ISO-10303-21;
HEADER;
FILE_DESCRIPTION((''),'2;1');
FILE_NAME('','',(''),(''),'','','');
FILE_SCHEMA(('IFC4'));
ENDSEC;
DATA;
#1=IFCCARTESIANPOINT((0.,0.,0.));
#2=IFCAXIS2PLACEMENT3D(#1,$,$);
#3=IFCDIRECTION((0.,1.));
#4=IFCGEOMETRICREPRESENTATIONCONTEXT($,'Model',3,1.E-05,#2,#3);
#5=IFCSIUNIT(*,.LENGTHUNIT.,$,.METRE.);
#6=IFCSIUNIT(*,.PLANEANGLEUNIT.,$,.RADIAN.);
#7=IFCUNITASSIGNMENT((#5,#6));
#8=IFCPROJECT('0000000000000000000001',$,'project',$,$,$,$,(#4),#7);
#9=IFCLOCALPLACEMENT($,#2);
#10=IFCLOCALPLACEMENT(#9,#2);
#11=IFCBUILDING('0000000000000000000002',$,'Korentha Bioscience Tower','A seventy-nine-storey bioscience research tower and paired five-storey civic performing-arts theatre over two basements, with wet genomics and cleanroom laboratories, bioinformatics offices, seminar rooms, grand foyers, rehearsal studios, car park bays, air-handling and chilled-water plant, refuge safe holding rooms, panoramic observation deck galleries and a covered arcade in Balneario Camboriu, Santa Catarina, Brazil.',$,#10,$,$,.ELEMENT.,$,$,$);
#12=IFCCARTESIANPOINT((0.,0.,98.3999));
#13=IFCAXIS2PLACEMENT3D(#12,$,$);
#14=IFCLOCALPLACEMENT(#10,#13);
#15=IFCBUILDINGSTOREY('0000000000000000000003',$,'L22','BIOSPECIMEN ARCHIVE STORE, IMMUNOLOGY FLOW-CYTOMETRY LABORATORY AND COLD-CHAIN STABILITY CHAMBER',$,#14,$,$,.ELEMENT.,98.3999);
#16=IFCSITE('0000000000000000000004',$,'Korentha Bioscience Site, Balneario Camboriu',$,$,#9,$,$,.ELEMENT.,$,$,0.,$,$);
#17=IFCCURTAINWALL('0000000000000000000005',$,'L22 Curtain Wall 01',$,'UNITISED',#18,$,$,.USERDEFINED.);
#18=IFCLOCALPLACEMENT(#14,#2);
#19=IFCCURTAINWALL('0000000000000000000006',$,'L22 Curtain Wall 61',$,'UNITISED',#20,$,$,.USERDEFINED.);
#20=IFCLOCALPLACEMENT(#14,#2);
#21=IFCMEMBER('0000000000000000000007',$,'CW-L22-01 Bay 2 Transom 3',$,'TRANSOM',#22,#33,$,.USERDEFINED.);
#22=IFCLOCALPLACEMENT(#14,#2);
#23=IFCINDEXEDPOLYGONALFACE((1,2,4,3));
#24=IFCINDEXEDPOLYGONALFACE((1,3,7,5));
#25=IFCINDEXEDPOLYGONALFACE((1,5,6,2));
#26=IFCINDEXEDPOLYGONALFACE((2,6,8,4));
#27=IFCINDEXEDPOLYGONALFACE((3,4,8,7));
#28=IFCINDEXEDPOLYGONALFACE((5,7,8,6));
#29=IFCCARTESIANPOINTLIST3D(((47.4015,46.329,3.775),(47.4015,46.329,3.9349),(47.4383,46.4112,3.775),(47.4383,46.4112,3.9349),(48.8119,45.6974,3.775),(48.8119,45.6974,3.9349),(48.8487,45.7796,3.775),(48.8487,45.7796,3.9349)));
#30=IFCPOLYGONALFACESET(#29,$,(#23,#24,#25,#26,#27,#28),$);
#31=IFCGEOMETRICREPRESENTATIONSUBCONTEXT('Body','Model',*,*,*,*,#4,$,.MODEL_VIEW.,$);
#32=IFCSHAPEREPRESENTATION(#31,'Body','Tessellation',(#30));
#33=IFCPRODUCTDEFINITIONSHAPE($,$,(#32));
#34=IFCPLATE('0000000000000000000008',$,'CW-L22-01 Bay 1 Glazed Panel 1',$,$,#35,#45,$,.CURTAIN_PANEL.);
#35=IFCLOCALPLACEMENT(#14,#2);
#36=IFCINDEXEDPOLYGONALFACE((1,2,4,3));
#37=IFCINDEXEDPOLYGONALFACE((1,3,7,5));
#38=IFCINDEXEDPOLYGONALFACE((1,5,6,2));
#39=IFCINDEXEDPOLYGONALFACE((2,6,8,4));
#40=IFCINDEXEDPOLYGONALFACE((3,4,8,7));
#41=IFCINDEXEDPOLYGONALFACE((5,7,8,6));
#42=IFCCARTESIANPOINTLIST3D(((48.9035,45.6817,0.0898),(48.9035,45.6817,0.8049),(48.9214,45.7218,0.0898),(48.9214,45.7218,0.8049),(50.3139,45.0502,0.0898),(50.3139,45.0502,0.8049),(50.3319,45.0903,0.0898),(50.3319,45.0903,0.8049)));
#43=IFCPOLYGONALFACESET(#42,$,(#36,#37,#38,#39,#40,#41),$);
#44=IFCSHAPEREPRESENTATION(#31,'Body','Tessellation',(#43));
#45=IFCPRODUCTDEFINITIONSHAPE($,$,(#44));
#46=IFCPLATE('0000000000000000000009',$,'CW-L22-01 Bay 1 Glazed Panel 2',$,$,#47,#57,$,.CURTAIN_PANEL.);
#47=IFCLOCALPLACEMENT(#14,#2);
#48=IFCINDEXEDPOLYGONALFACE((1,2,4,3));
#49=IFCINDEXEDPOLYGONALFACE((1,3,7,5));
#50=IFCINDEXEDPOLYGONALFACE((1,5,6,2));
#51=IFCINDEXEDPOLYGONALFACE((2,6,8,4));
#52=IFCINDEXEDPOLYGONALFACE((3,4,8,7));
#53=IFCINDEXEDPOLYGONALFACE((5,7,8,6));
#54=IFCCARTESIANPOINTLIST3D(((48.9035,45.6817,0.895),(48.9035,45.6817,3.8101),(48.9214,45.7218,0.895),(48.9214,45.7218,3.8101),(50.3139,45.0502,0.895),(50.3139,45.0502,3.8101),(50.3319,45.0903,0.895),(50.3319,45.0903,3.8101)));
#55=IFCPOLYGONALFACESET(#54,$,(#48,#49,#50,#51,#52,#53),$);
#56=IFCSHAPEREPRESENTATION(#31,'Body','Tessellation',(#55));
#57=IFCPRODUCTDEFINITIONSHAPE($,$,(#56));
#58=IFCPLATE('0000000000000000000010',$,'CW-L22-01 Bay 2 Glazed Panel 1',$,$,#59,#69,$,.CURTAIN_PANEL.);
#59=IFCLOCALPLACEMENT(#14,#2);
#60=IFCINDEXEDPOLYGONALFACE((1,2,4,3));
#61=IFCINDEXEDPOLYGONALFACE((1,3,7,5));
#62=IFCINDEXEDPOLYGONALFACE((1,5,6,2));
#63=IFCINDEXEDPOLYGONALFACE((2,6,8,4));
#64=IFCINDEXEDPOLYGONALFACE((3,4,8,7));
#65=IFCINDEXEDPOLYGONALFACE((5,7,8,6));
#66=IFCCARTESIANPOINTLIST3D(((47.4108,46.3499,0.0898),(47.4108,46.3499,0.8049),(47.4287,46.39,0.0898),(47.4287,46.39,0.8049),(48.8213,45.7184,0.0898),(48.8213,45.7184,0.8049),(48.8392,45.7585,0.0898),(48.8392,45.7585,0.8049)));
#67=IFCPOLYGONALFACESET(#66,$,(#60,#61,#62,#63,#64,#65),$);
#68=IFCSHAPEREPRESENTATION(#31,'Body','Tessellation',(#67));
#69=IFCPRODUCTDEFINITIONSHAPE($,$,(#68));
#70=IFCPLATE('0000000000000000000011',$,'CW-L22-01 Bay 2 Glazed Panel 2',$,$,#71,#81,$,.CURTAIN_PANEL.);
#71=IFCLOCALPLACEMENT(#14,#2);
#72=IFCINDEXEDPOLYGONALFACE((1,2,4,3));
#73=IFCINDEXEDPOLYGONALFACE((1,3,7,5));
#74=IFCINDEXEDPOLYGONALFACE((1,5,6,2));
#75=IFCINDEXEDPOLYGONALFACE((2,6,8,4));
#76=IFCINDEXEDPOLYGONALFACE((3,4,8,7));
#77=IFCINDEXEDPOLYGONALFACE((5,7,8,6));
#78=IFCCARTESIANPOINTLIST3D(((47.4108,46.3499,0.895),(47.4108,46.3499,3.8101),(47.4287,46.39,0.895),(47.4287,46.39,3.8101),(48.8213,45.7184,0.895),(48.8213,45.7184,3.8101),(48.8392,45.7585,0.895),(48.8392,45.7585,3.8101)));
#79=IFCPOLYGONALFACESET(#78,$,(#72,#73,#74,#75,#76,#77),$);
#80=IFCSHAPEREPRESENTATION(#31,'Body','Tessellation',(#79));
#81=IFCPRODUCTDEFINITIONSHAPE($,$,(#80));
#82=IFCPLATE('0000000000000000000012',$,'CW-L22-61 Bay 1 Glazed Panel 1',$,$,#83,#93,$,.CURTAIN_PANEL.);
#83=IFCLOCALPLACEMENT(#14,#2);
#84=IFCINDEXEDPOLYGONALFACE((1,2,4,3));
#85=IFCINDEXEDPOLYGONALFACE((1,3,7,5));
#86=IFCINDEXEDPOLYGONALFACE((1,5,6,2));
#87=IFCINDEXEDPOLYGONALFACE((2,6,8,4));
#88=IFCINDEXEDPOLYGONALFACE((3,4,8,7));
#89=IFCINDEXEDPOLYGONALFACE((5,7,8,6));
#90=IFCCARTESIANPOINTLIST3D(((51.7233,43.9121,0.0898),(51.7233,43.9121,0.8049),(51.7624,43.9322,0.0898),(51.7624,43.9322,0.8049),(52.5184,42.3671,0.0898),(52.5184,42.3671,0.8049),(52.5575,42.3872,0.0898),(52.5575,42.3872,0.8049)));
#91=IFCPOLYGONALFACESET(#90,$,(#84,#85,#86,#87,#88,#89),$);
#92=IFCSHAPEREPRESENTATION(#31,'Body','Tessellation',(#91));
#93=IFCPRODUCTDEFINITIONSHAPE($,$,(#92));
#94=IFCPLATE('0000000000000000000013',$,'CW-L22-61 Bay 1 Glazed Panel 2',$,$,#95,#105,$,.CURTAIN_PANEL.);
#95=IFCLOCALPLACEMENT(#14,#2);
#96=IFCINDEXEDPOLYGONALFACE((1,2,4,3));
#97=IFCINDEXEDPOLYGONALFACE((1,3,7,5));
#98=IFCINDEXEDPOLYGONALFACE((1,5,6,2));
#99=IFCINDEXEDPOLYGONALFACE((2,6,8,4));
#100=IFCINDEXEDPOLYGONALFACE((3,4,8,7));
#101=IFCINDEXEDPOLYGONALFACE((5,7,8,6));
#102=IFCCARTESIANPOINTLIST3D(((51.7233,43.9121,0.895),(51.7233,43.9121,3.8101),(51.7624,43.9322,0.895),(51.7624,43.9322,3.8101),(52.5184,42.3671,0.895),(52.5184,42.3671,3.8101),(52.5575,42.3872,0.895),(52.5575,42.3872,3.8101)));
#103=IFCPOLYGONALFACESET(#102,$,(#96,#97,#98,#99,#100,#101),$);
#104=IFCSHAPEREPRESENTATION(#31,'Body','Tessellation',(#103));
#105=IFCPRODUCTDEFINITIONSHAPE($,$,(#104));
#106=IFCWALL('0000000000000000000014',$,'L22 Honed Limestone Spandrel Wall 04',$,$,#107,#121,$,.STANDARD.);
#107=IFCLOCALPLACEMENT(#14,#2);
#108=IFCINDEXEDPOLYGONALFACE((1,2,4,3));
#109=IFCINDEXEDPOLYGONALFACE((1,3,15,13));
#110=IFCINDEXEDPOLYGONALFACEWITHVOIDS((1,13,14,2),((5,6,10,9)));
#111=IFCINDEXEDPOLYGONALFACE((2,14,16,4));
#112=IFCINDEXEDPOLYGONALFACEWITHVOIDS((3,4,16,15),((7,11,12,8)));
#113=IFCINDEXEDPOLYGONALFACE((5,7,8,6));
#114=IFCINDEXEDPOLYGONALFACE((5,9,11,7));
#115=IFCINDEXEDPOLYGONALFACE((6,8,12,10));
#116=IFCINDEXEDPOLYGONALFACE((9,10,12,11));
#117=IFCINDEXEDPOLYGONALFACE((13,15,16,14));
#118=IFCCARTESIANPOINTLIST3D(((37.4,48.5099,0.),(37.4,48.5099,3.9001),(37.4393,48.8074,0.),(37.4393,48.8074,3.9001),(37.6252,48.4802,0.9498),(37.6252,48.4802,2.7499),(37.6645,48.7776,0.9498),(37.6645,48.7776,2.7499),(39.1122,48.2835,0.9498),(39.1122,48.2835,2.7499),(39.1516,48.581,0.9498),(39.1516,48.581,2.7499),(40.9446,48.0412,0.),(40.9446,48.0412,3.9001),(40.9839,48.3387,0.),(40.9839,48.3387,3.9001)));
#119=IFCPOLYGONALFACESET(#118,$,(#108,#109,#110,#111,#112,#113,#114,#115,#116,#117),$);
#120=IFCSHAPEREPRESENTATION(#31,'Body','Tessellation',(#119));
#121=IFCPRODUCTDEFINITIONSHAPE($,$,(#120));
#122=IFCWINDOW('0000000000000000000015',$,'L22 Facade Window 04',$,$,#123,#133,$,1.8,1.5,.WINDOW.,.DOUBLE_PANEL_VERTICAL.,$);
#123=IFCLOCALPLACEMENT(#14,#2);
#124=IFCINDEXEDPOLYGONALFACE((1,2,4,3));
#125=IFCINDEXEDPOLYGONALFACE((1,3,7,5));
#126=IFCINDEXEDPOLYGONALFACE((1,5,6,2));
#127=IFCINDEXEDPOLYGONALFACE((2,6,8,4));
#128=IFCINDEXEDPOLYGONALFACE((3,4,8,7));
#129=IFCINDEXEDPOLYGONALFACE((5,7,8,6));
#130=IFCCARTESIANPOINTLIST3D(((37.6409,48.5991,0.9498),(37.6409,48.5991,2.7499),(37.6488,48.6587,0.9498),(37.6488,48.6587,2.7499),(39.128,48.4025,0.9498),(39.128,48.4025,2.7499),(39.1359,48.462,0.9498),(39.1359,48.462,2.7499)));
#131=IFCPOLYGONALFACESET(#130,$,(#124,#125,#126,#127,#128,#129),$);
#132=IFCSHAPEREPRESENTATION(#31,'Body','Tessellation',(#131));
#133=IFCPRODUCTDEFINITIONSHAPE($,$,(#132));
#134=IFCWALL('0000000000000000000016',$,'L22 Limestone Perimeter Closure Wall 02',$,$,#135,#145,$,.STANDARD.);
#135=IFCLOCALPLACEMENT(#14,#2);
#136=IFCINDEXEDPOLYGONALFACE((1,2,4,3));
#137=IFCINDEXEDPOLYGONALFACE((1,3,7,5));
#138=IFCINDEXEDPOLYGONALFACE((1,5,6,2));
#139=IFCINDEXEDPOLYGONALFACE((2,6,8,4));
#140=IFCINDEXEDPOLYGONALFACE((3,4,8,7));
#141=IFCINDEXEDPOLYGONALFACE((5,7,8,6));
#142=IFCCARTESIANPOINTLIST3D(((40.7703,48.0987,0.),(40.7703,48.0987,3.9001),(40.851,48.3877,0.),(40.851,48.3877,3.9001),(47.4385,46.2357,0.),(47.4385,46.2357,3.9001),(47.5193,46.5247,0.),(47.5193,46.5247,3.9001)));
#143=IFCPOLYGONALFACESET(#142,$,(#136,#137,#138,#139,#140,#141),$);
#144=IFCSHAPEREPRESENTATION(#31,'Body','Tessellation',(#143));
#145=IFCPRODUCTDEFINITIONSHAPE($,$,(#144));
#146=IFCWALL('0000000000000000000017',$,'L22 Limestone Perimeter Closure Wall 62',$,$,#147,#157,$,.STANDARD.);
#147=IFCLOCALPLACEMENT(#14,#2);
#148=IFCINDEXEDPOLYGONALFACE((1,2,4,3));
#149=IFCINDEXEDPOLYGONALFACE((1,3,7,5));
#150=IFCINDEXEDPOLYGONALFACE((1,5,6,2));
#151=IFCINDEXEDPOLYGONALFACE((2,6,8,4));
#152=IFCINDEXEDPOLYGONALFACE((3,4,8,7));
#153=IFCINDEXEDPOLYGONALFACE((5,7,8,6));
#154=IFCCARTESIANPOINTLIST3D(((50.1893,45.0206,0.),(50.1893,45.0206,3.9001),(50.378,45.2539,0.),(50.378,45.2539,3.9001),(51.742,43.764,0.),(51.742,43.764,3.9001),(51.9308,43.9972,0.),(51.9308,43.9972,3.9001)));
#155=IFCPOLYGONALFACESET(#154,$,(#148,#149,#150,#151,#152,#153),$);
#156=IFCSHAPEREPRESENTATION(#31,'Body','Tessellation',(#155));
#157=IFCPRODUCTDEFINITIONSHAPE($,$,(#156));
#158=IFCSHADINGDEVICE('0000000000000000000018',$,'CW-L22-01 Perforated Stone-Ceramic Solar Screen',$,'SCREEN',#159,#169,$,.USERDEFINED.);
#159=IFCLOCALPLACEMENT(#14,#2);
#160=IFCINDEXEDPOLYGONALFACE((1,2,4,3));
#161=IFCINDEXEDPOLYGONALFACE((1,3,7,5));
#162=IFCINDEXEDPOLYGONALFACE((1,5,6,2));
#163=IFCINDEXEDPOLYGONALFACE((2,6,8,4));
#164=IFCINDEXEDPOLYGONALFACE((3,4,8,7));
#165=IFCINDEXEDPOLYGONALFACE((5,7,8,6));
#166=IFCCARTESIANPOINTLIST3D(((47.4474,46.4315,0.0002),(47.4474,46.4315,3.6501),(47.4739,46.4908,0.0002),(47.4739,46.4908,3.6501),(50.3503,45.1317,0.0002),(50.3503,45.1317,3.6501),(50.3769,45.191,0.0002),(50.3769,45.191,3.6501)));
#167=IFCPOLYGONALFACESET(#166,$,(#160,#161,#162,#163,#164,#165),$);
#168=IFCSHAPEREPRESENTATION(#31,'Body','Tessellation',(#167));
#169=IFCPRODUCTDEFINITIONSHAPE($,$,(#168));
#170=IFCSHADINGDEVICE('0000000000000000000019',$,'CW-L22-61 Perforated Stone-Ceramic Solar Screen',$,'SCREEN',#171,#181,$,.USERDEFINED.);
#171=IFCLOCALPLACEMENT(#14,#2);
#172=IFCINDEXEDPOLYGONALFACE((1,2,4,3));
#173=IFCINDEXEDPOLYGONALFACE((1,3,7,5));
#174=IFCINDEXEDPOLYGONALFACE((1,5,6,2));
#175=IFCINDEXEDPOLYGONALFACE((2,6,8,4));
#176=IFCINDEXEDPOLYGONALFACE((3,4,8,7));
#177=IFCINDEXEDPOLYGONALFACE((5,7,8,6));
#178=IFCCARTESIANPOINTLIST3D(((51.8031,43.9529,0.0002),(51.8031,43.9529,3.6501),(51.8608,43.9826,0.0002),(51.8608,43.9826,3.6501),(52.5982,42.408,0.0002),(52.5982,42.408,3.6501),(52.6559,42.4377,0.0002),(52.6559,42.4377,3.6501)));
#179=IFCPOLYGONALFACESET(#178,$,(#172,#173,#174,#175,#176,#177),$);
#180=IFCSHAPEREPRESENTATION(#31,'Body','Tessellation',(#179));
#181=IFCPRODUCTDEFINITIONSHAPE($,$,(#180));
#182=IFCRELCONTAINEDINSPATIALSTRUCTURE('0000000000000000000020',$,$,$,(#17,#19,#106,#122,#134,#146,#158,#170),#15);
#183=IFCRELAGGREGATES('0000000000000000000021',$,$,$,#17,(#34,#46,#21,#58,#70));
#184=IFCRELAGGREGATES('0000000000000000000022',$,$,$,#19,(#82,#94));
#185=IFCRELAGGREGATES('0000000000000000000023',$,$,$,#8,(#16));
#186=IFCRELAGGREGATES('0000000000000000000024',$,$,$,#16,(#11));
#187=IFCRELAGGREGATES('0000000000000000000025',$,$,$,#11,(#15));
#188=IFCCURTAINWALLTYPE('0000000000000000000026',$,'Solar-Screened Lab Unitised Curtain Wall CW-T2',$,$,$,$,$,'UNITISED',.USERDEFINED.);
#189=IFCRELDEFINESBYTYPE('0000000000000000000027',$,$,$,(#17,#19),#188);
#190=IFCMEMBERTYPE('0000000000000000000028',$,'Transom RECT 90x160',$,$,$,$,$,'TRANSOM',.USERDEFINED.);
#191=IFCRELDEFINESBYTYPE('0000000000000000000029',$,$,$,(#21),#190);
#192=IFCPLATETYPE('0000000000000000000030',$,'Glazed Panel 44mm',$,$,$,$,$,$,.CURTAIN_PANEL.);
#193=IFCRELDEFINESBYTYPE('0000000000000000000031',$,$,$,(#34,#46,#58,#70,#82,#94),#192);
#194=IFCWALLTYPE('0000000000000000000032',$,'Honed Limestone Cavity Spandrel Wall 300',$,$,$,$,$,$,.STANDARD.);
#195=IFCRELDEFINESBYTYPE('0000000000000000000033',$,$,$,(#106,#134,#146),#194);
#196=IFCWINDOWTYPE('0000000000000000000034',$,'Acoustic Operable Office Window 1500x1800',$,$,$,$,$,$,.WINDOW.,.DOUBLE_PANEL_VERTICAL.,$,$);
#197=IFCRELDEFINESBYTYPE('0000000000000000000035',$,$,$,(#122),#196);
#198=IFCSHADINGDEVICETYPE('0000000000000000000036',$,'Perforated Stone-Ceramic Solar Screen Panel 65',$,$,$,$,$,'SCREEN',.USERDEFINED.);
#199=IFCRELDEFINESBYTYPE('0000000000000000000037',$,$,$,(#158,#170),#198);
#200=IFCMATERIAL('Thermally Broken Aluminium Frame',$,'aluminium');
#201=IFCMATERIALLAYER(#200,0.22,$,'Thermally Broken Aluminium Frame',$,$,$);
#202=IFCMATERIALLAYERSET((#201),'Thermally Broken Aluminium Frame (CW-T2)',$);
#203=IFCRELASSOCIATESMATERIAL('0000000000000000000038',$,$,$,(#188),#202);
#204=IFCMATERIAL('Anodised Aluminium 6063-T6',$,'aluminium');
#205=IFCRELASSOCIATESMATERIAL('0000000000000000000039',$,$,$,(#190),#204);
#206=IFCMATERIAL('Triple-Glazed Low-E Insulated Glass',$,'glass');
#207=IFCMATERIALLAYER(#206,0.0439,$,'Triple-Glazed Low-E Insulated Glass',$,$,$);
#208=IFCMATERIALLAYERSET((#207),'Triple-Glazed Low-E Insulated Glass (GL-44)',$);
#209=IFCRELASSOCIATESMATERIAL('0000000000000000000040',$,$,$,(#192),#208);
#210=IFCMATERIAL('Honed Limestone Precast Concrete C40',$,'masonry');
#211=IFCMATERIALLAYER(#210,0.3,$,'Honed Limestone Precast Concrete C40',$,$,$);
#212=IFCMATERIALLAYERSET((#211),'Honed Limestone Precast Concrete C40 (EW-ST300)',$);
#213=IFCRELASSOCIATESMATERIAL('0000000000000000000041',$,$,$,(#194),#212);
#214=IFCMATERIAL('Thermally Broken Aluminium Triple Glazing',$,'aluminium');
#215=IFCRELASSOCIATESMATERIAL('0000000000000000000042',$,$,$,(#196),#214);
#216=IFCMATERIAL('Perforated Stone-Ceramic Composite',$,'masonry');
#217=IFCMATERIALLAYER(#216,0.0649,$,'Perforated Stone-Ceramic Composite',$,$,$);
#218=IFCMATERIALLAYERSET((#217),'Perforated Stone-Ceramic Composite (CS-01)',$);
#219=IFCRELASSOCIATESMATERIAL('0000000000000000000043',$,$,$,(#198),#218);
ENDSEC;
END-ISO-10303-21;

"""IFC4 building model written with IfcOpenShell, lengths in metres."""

from ifc_helpers import new_model, si_unit, direction, frame, frame_2d, origin, origin_2d, place, context, subcontext, project, spatial, rectangle, extrude, material, layer, layer_set, material_profile, profile_set, type_object, element, fill, aggregate, save


model = new_model("IFC4")

# Units and contexts
model_context = context("Model", 3, precision=1e-05, world=origin(), true_north=direction((0.0, 1.0)))
body_context = subcontext(model_context, "Body", "Model", "MODEL_VIEW")
ifc_project = project(units=[si_unit("LENGTHUNIT", "METRE"), si_unit("PLANEANGLEUNIT", "RADIAN")], contexts=[model_context])

# Site, building, storey
site_placement = place(None, origin())
site = spatial("IfcSite", under=ifc_project, at=site_placement, Name="Korentha Bioscience Site, Balneario Camboriu", CompositionType="ELEMENT", RefElevation=0.0)
building_placement = place(site_placement, origin())
building = spatial("IfcBuilding", under=site, at=building_placement, Name="Korentha Bioscience Tower", Description="A seventy-nine-storey bioscience research tower and paired five-storey civic performing-arts theatre over two basements, with wet genomics and cleanroom laboratories, bioinformatics offices, seminar rooms, grand foyers, rehearsal studios, car park bays, air-handling and chilled-water plant, refuge safe holding rooms, panoramic observation deck galleries and a covered arcade in Balneario Camboriu, Santa Catarina, Brazil.", CompositionType="ELEMENT")
storey_placement = place(building_placement, frame((0.0, 0.0, 98.3999)))
storey = spatial("IfcBuildingStorey", under=building, at=storey_placement, Name="L22", Description="BIOSPECIMEN ARCHIVE STORE, IMMUNOLOGY FLOW-CYTOMETRY LABORATORY AND COLD-CHAIN STABILITY CHAMBER", CompositionType="ELEMENT", Elevation=98.3999)

# Curtain wall
ifc_material_1 = material(Name="Thermally Broken Aluminium Frame", Category="aluminium")
ifc_layer_1 = layer(ifc_material_1, 0.22, Name="Thermally Broken Aluminium Frame")
ifc_layer_set_1 = layer_set([ifc_layer_1], Name="Thermally Broken Aluminium Frame (CW-T2)")
curtain_wall_type = type_object("IfcCurtainWallType", Name="Solar-Screened Lab Unitised Curtain Wall CW-T2", ElementType="UNITISED", PredefinedType="USERDEFINED", material=ifc_layer_set_1)
curtain_wall_1_placement = place(storey_placement, origin())
curtain_wall_1 = element("IfcCurtainWall", 1, at=curtain_wall_1_placement, inside=storey, type_object=curtain_wall_type, Name="L22 Curtain Wall 01", ObjectType="UNITISED", PredefinedType="USERDEFINED")
ifc_material_2 = material(Name="Anodised Aluminium 6063-T6", Category="aluminium")

# Curtain wall
curtain_wall_2_placement = place(storey_placement, origin())
curtain_wall_2 = element("IfcCurtainWall", 2, at=curtain_wall_2_placement, inside=storey, type_object=curtain_wall_type, Name="L22 Curtain Wall 61", ObjectType="UNITISED", PredefinedType="USERDEFINED")

# Member
ifc_material_profile_1 = material_profile(ifc_material_2, rectangle(XDim=0.0901, YDim=0.1599, at=origin_2d()), Name="Anodised Aluminium 6063-T6")
ifc_profile_set_1 = profile_set([ifc_material_profile_1], Name="Anodised Aluminium 6063-T6 (CW-TRN)")
member_type_1 = type_object("IfcMemberType", Name="Transom RECT 90x160", ElementType="TRANSOM", PredefinedType="USERDEFINED", material=ifc_profile_set_1)
member_1_placement = place(storey_placement, frame((48.8303, 45.7385, 3.855), z_axis=(-0.912668, 0.408702, 0.0), x_axis=(-0.408702, -0.912668, 0.0)))
member_1 = element("IfcMember", 3, at=member_1_placement, type_object=member_type_1, Name="CW-L22-01 Bay 2 Transom 3", ObjectType="TRANSOM", PredefinedType="USERDEFINED", context=body_context, shape_type="SweptSolid", body=[
    extrude(rectangle(XDim=0.0901, YDim=0.1599, at=origin_2d()), origin(), (0.0, 0.0, 1.0), 1.5454),
])

# Plates
ifc_material_3 = material(Name="Triple-Glazed Low-E Insulated Glass", Category="glass")
ifc_layer_2 = layer(ifc_material_3, 0.0439, Name="Triple-Glazed Low-E Insulated Glass")
ifc_layer_set_2 = layer_set([ifc_layer_2], Name="Triple-Glazed Low-E Insulated Glass (GL-44)")
plate_type = type_object("IfcPlateType", Name="Glazed Panel 44mm", PredefinedType="CURTAIN_PANEL", material=ifc_layer_set_2)
plate_1_placement = place(storey_placement, frame((49.6177, 45.386, 0.0898), z_axis=(0.0, 0.0, 1.0), x_axis=(-0.912687, 0.40866, 0.0)))
plate_1 = element("IfcPlate", 4, at=plate_1_placement, type_object=plate_type, Name="CW-L22-01 Bay 1 Glazed Panel 1", PredefinedType="CURTAIN_PANEL", context=body_context, shape_type="SweptSolid", body=[
    extrude(rectangle(XDim=1.5454, YDim=0.0439, at=origin_2d()), origin(), (0.0, 0.0, 1.0), 0.7151),
])
plate_2_placement = place(storey_placement, frame((49.6177, 45.386, 0.895), z_axis=(0.0, 0.0, 1.0), x_axis=(-0.912687, 0.40866, 0.0)))
plate_2 = element("IfcPlate", 5, at=plate_2_placement, type_object=plate_type, Name="CW-L22-01 Bay 1 Glazed Panel 2", PredefinedType="CURTAIN_PANEL", context=body_context, shape_type="SweptSolid", body=[
    extrude(rectangle(XDim=1.5454, YDim=0.0439, at=origin_2d()), origin(), (0.0, 0.0, 1.0), 2.915),
])
plate_3_placement = place(storey_placement, frame((48.125, 46.0542, 0.0898), z_axis=(0.0, 0.0, 1.0), x_axis=(-0.912687, 0.40866, 0.0)))
plate_3 = element("IfcPlate", 6, at=plate_3_placement, type_object=plate_type, Name="CW-L22-01 Bay 2 Glazed Panel 1", PredefinedType="CURTAIN_PANEL", context=body_context, shape_type="SweptSolid", body=[
    extrude(rectangle(XDim=1.5454, YDim=0.0439, at=origin_2d()), origin(), (0.0, 0.0, 1.0), 0.7151),
])
plate_4_placement = place(storey_placement, frame((48.125, 46.0542, 0.895), z_axis=(0.0, 0.0, 1.0), x_axis=(-0.912687, 0.40866, 0.0)))
plate_4 = element("IfcPlate", 7, at=plate_4_placement, type_object=plate_type, Name="CW-L22-01 Bay 2 Glazed Panel 2", PredefinedType="CURTAIN_PANEL", context=body_context, shape_type="SweptSolid", body=[
    extrude(rectangle(XDim=1.5454, YDim=0.0439, at=origin_2d()), origin(), (0.0, 0.0, 1.0), 2.915),
])
aggregate(curtain_wall_1, [plate_1, plate_2, member_1, plate_3, plate_4])
plate_5_placement = place(storey_placement, frame((52.1404, 43.1497, 0.0898), z_axis=(0.0, 0.0, 1.0), x_axis=(-0.457613, 0.889151, 0.0)))
plate_5 = element("IfcPlate", 8, at=plate_5_placement, type_object=plate_type, Name="CW-L22-61 Bay 1 Glazed Panel 1", PredefinedType="CURTAIN_PANEL", context=body_context, shape_type="SweptSolid", body=[
    extrude(rectangle(XDim=1.7375, YDim=0.0439, at=origin_2d()), origin(), (0.0, 0.0, 1.0), 0.7151),
])
plate_6_placement = place(storey_placement, frame((52.1404, 43.1497, 0.895), z_axis=(0.0, 0.0, 1.0), x_axis=(-0.457613, 0.889151, 0.0)))
plate_6 = element("IfcPlate", 9, at=plate_6_placement, type_object=plate_type, Name="CW-L22-61 Bay 1 Glazed Panel 2", PredefinedType="CURTAIN_PANEL", context=body_context, shape_type="SweptSolid", body=[
    extrude(rectangle(XDim=1.7375, YDim=0.0439, at=origin_2d()), origin(), (0.0, 0.0, 1.0), 2.915),
])
aggregate(curtain_wall_2, [plate_5, plate_6])

# Wall, opening, window
ifc_material_4 = material(Name="Honed Limestone Precast Concrete C40", Category="masonry")
ifc_layer_3 = layer(ifc_material_4, 0.3, Name="Honed Limestone Precast Concrete C40")
ifc_layer_set_3 = layer_set([ifc_layer_3], Name="Honed Limestone Precast Concrete C40 (EW-ST300)")
wall_type_1 = type_object("IfcWallType", Name="Honed Limestone Cavity Spandrel Wall 300", PredefinedType="STANDARD", material=ifc_layer_set_3)
wall_1_placement = place(storey_placement, frame((40.9641, 48.1899, 0.0), z_axis=(0.0, 0.0, 1.0), x_axis=(-0.991369, 0.131099, 0.0)))
wall_1 = element("IfcWall", 10, at=wall_1_placement, inside=storey, type_object=wall_type_1, Name="L22 Honed Limestone Spandrel Wall 04", PredefinedType="STANDARD", context=body_context, shape_type="SweptSolid", body=[
    extrude(rectangle(XDim=3.5754, YDim=0.3, at=frame_2d((1.7876, 0.0))), origin(), (0.0, 0.0, 1.0), 3.9001),
])
opening_1_placement = place(wall_1_placement, frame((1.8481, 0.0, 0.95)))
opening_1 = element("IfcOpeningElement", 11, at=opening_1_placement, cuts=wall_1, PredefinedType="OPENING", context=body_context, shape_type="SweptSolid", body=[
    extrude(rectangle(XDim=1.5, YDim=1.8, at=frame_2d((0.75, 0.8999))), frame((0.0, 0.165, 0.0), z_axis=(0.0, -1.0, 0.0), x_axis=(1.0, 0.0, 0.0)), (0.0, 0.0, 1.0), 0.3298),
])
ifc_material_5 = material(Name="Thermally Broken Aluminium Triple Glazing", Category="aluminium")
window_type = type_object("IfcWindowType", Name="Acoustic Operable Office Window 1500x1800", PartitioningType="DOUBLE_PANEL_VERTICAL", PredefinedType="WINDOW", material=ifc_material_5)
window_placement = place(opening_1_placement, origin())
window = element("IfcWindow", 12, at=window_placement, inside=storey, type_object=window_type, Name="L22 Facade Window 04", OverallHeight=1.8, OverallWidth=1.5, PartitioningType="DOUBLE_PANEL_VERTICAL", PredefinedType="WINDOW", context=body_context, shape_type="SweptSolid", body=[
    extrude(rectangle(XDim=1.5, YDim=1.8, at=frame_2d((0.75, 0.8999))), frame((0.0, 0.03, 0.0), z_axis=(0.0, -1.0, 0.0), x_axis=(1.0, 0.0, 0.0)), (0.0, 0.0, 1.0), 0.0601),
])
fill(opening_1, window)

# Walls
wall_2_placement = place(storey_placement, frame((47.479, 46.3801, 0.0), z_axis=(0.0, 0.0, 1.0), x_axis=(-0.963116, 0.269086, 0.0)))
element("IfcWall", 13, at=wall_2_placement, inside=storey, type_object=wall_type_1, Name="L22 Limestone Perimeter Closure Wall 02", PredefinedType="STANDARD", context=body_context, shape_type="SweptSolid", body=[
    extrude(rectangle(XDim=6.9236, YDim=0.3, at=frame_2d((3.4619, 0.0))), origin(), (0.0, 0.0, 1.0), 3.9001),
])
wall_3_placement = place(storey_placement, frame((51.8364, 43.8806, 0.0), z_axis=(0.0, 0.0, 1.0), x_axis=(-0.777339, 0.629082, 0.0)))
element("IfcWall", 14, at=wall_3_placement, inside=storey, type_object=wall_type_1, Name="L22 Limestone Perimeter Closure Wall 62", PredefinedType="STANDARD", context=body_context, shape_type="SweptSolid", body=[
    extrude(rectangle(XDim=1.9976, YDim=0.3, at=frame_2d((0.9988, 0.0))), origin(), (0.0, 0.0, 1.0), 3.9001),
])

# Shading devices
ifc_material_6 = material(Name="Perforated Stone-Ceramic Composite", Category="masonry")
ifc_layer_4 = layer(ifc_material_6, 0.0649, Name="Perforated Stone-Ceramic Composite")
ifc_layer_set_4 = layer_set([ifc_layer_4], Name="Perforated Stone-Ceramic Composite (CS-01)")
shading_device_type_1 = type_object("IfcShadingDeviceType", Name="Perforated Stone-Ceramic Solar Screen Panel 65", ElementType="SCREEN", PredefinedType="USERDEFINED", material=ifc_layer_set_4)
shading_device_1_placement = place(storey_placement, frame((48.9121, 45.8113, 0.0002), z_axis=(0.0, 0.0, 1.0), x_axis=(-0.912687, 0.40866, 0.0)))
element("IfcShadingDevice", 15, at=shading_device_1_placement, inside=storey, type_object=shading_device_type_1, Name="CW-L22-01 Perforated Stone-Ceramic Solar Screen", ObjectType="SCREEN", PredefinedType="USERDEFINED", context=body_context, shape_type="SweptSolid", body=[
    extrude(rectangle(XDim=3.1807, YDim=0.0649, at=origin_2d()), origin(), (0.0, 0.0, 1.0), 3.6499),
])
shading_device_2_placement = place(storey_placement, frame((52.2295, 43.1953, 0.0002), z_axis=(0.0, 0.0, 1.0), x_axis=(-0.457613, 0.889151, 0.0)))
element("IfcShadingDevice", 16, at=shading_device_2_placement, inside=storey, type_object=shading_device_type_1, Name="CW-L22-61 Perforated Stone-Ceramic Solar Screen", ObjectType="SCREEN", PredefinedType="USERDEFINED", context=body_context, shape_type="SweptSolid", body=[
    extrude(rectangle(XDim=1.7375, YDim=0.0649, at=origin_2d()), origin(), (0.0, 0.0, 1.0), 3.6499),
])

save(model, "model.ifc")
